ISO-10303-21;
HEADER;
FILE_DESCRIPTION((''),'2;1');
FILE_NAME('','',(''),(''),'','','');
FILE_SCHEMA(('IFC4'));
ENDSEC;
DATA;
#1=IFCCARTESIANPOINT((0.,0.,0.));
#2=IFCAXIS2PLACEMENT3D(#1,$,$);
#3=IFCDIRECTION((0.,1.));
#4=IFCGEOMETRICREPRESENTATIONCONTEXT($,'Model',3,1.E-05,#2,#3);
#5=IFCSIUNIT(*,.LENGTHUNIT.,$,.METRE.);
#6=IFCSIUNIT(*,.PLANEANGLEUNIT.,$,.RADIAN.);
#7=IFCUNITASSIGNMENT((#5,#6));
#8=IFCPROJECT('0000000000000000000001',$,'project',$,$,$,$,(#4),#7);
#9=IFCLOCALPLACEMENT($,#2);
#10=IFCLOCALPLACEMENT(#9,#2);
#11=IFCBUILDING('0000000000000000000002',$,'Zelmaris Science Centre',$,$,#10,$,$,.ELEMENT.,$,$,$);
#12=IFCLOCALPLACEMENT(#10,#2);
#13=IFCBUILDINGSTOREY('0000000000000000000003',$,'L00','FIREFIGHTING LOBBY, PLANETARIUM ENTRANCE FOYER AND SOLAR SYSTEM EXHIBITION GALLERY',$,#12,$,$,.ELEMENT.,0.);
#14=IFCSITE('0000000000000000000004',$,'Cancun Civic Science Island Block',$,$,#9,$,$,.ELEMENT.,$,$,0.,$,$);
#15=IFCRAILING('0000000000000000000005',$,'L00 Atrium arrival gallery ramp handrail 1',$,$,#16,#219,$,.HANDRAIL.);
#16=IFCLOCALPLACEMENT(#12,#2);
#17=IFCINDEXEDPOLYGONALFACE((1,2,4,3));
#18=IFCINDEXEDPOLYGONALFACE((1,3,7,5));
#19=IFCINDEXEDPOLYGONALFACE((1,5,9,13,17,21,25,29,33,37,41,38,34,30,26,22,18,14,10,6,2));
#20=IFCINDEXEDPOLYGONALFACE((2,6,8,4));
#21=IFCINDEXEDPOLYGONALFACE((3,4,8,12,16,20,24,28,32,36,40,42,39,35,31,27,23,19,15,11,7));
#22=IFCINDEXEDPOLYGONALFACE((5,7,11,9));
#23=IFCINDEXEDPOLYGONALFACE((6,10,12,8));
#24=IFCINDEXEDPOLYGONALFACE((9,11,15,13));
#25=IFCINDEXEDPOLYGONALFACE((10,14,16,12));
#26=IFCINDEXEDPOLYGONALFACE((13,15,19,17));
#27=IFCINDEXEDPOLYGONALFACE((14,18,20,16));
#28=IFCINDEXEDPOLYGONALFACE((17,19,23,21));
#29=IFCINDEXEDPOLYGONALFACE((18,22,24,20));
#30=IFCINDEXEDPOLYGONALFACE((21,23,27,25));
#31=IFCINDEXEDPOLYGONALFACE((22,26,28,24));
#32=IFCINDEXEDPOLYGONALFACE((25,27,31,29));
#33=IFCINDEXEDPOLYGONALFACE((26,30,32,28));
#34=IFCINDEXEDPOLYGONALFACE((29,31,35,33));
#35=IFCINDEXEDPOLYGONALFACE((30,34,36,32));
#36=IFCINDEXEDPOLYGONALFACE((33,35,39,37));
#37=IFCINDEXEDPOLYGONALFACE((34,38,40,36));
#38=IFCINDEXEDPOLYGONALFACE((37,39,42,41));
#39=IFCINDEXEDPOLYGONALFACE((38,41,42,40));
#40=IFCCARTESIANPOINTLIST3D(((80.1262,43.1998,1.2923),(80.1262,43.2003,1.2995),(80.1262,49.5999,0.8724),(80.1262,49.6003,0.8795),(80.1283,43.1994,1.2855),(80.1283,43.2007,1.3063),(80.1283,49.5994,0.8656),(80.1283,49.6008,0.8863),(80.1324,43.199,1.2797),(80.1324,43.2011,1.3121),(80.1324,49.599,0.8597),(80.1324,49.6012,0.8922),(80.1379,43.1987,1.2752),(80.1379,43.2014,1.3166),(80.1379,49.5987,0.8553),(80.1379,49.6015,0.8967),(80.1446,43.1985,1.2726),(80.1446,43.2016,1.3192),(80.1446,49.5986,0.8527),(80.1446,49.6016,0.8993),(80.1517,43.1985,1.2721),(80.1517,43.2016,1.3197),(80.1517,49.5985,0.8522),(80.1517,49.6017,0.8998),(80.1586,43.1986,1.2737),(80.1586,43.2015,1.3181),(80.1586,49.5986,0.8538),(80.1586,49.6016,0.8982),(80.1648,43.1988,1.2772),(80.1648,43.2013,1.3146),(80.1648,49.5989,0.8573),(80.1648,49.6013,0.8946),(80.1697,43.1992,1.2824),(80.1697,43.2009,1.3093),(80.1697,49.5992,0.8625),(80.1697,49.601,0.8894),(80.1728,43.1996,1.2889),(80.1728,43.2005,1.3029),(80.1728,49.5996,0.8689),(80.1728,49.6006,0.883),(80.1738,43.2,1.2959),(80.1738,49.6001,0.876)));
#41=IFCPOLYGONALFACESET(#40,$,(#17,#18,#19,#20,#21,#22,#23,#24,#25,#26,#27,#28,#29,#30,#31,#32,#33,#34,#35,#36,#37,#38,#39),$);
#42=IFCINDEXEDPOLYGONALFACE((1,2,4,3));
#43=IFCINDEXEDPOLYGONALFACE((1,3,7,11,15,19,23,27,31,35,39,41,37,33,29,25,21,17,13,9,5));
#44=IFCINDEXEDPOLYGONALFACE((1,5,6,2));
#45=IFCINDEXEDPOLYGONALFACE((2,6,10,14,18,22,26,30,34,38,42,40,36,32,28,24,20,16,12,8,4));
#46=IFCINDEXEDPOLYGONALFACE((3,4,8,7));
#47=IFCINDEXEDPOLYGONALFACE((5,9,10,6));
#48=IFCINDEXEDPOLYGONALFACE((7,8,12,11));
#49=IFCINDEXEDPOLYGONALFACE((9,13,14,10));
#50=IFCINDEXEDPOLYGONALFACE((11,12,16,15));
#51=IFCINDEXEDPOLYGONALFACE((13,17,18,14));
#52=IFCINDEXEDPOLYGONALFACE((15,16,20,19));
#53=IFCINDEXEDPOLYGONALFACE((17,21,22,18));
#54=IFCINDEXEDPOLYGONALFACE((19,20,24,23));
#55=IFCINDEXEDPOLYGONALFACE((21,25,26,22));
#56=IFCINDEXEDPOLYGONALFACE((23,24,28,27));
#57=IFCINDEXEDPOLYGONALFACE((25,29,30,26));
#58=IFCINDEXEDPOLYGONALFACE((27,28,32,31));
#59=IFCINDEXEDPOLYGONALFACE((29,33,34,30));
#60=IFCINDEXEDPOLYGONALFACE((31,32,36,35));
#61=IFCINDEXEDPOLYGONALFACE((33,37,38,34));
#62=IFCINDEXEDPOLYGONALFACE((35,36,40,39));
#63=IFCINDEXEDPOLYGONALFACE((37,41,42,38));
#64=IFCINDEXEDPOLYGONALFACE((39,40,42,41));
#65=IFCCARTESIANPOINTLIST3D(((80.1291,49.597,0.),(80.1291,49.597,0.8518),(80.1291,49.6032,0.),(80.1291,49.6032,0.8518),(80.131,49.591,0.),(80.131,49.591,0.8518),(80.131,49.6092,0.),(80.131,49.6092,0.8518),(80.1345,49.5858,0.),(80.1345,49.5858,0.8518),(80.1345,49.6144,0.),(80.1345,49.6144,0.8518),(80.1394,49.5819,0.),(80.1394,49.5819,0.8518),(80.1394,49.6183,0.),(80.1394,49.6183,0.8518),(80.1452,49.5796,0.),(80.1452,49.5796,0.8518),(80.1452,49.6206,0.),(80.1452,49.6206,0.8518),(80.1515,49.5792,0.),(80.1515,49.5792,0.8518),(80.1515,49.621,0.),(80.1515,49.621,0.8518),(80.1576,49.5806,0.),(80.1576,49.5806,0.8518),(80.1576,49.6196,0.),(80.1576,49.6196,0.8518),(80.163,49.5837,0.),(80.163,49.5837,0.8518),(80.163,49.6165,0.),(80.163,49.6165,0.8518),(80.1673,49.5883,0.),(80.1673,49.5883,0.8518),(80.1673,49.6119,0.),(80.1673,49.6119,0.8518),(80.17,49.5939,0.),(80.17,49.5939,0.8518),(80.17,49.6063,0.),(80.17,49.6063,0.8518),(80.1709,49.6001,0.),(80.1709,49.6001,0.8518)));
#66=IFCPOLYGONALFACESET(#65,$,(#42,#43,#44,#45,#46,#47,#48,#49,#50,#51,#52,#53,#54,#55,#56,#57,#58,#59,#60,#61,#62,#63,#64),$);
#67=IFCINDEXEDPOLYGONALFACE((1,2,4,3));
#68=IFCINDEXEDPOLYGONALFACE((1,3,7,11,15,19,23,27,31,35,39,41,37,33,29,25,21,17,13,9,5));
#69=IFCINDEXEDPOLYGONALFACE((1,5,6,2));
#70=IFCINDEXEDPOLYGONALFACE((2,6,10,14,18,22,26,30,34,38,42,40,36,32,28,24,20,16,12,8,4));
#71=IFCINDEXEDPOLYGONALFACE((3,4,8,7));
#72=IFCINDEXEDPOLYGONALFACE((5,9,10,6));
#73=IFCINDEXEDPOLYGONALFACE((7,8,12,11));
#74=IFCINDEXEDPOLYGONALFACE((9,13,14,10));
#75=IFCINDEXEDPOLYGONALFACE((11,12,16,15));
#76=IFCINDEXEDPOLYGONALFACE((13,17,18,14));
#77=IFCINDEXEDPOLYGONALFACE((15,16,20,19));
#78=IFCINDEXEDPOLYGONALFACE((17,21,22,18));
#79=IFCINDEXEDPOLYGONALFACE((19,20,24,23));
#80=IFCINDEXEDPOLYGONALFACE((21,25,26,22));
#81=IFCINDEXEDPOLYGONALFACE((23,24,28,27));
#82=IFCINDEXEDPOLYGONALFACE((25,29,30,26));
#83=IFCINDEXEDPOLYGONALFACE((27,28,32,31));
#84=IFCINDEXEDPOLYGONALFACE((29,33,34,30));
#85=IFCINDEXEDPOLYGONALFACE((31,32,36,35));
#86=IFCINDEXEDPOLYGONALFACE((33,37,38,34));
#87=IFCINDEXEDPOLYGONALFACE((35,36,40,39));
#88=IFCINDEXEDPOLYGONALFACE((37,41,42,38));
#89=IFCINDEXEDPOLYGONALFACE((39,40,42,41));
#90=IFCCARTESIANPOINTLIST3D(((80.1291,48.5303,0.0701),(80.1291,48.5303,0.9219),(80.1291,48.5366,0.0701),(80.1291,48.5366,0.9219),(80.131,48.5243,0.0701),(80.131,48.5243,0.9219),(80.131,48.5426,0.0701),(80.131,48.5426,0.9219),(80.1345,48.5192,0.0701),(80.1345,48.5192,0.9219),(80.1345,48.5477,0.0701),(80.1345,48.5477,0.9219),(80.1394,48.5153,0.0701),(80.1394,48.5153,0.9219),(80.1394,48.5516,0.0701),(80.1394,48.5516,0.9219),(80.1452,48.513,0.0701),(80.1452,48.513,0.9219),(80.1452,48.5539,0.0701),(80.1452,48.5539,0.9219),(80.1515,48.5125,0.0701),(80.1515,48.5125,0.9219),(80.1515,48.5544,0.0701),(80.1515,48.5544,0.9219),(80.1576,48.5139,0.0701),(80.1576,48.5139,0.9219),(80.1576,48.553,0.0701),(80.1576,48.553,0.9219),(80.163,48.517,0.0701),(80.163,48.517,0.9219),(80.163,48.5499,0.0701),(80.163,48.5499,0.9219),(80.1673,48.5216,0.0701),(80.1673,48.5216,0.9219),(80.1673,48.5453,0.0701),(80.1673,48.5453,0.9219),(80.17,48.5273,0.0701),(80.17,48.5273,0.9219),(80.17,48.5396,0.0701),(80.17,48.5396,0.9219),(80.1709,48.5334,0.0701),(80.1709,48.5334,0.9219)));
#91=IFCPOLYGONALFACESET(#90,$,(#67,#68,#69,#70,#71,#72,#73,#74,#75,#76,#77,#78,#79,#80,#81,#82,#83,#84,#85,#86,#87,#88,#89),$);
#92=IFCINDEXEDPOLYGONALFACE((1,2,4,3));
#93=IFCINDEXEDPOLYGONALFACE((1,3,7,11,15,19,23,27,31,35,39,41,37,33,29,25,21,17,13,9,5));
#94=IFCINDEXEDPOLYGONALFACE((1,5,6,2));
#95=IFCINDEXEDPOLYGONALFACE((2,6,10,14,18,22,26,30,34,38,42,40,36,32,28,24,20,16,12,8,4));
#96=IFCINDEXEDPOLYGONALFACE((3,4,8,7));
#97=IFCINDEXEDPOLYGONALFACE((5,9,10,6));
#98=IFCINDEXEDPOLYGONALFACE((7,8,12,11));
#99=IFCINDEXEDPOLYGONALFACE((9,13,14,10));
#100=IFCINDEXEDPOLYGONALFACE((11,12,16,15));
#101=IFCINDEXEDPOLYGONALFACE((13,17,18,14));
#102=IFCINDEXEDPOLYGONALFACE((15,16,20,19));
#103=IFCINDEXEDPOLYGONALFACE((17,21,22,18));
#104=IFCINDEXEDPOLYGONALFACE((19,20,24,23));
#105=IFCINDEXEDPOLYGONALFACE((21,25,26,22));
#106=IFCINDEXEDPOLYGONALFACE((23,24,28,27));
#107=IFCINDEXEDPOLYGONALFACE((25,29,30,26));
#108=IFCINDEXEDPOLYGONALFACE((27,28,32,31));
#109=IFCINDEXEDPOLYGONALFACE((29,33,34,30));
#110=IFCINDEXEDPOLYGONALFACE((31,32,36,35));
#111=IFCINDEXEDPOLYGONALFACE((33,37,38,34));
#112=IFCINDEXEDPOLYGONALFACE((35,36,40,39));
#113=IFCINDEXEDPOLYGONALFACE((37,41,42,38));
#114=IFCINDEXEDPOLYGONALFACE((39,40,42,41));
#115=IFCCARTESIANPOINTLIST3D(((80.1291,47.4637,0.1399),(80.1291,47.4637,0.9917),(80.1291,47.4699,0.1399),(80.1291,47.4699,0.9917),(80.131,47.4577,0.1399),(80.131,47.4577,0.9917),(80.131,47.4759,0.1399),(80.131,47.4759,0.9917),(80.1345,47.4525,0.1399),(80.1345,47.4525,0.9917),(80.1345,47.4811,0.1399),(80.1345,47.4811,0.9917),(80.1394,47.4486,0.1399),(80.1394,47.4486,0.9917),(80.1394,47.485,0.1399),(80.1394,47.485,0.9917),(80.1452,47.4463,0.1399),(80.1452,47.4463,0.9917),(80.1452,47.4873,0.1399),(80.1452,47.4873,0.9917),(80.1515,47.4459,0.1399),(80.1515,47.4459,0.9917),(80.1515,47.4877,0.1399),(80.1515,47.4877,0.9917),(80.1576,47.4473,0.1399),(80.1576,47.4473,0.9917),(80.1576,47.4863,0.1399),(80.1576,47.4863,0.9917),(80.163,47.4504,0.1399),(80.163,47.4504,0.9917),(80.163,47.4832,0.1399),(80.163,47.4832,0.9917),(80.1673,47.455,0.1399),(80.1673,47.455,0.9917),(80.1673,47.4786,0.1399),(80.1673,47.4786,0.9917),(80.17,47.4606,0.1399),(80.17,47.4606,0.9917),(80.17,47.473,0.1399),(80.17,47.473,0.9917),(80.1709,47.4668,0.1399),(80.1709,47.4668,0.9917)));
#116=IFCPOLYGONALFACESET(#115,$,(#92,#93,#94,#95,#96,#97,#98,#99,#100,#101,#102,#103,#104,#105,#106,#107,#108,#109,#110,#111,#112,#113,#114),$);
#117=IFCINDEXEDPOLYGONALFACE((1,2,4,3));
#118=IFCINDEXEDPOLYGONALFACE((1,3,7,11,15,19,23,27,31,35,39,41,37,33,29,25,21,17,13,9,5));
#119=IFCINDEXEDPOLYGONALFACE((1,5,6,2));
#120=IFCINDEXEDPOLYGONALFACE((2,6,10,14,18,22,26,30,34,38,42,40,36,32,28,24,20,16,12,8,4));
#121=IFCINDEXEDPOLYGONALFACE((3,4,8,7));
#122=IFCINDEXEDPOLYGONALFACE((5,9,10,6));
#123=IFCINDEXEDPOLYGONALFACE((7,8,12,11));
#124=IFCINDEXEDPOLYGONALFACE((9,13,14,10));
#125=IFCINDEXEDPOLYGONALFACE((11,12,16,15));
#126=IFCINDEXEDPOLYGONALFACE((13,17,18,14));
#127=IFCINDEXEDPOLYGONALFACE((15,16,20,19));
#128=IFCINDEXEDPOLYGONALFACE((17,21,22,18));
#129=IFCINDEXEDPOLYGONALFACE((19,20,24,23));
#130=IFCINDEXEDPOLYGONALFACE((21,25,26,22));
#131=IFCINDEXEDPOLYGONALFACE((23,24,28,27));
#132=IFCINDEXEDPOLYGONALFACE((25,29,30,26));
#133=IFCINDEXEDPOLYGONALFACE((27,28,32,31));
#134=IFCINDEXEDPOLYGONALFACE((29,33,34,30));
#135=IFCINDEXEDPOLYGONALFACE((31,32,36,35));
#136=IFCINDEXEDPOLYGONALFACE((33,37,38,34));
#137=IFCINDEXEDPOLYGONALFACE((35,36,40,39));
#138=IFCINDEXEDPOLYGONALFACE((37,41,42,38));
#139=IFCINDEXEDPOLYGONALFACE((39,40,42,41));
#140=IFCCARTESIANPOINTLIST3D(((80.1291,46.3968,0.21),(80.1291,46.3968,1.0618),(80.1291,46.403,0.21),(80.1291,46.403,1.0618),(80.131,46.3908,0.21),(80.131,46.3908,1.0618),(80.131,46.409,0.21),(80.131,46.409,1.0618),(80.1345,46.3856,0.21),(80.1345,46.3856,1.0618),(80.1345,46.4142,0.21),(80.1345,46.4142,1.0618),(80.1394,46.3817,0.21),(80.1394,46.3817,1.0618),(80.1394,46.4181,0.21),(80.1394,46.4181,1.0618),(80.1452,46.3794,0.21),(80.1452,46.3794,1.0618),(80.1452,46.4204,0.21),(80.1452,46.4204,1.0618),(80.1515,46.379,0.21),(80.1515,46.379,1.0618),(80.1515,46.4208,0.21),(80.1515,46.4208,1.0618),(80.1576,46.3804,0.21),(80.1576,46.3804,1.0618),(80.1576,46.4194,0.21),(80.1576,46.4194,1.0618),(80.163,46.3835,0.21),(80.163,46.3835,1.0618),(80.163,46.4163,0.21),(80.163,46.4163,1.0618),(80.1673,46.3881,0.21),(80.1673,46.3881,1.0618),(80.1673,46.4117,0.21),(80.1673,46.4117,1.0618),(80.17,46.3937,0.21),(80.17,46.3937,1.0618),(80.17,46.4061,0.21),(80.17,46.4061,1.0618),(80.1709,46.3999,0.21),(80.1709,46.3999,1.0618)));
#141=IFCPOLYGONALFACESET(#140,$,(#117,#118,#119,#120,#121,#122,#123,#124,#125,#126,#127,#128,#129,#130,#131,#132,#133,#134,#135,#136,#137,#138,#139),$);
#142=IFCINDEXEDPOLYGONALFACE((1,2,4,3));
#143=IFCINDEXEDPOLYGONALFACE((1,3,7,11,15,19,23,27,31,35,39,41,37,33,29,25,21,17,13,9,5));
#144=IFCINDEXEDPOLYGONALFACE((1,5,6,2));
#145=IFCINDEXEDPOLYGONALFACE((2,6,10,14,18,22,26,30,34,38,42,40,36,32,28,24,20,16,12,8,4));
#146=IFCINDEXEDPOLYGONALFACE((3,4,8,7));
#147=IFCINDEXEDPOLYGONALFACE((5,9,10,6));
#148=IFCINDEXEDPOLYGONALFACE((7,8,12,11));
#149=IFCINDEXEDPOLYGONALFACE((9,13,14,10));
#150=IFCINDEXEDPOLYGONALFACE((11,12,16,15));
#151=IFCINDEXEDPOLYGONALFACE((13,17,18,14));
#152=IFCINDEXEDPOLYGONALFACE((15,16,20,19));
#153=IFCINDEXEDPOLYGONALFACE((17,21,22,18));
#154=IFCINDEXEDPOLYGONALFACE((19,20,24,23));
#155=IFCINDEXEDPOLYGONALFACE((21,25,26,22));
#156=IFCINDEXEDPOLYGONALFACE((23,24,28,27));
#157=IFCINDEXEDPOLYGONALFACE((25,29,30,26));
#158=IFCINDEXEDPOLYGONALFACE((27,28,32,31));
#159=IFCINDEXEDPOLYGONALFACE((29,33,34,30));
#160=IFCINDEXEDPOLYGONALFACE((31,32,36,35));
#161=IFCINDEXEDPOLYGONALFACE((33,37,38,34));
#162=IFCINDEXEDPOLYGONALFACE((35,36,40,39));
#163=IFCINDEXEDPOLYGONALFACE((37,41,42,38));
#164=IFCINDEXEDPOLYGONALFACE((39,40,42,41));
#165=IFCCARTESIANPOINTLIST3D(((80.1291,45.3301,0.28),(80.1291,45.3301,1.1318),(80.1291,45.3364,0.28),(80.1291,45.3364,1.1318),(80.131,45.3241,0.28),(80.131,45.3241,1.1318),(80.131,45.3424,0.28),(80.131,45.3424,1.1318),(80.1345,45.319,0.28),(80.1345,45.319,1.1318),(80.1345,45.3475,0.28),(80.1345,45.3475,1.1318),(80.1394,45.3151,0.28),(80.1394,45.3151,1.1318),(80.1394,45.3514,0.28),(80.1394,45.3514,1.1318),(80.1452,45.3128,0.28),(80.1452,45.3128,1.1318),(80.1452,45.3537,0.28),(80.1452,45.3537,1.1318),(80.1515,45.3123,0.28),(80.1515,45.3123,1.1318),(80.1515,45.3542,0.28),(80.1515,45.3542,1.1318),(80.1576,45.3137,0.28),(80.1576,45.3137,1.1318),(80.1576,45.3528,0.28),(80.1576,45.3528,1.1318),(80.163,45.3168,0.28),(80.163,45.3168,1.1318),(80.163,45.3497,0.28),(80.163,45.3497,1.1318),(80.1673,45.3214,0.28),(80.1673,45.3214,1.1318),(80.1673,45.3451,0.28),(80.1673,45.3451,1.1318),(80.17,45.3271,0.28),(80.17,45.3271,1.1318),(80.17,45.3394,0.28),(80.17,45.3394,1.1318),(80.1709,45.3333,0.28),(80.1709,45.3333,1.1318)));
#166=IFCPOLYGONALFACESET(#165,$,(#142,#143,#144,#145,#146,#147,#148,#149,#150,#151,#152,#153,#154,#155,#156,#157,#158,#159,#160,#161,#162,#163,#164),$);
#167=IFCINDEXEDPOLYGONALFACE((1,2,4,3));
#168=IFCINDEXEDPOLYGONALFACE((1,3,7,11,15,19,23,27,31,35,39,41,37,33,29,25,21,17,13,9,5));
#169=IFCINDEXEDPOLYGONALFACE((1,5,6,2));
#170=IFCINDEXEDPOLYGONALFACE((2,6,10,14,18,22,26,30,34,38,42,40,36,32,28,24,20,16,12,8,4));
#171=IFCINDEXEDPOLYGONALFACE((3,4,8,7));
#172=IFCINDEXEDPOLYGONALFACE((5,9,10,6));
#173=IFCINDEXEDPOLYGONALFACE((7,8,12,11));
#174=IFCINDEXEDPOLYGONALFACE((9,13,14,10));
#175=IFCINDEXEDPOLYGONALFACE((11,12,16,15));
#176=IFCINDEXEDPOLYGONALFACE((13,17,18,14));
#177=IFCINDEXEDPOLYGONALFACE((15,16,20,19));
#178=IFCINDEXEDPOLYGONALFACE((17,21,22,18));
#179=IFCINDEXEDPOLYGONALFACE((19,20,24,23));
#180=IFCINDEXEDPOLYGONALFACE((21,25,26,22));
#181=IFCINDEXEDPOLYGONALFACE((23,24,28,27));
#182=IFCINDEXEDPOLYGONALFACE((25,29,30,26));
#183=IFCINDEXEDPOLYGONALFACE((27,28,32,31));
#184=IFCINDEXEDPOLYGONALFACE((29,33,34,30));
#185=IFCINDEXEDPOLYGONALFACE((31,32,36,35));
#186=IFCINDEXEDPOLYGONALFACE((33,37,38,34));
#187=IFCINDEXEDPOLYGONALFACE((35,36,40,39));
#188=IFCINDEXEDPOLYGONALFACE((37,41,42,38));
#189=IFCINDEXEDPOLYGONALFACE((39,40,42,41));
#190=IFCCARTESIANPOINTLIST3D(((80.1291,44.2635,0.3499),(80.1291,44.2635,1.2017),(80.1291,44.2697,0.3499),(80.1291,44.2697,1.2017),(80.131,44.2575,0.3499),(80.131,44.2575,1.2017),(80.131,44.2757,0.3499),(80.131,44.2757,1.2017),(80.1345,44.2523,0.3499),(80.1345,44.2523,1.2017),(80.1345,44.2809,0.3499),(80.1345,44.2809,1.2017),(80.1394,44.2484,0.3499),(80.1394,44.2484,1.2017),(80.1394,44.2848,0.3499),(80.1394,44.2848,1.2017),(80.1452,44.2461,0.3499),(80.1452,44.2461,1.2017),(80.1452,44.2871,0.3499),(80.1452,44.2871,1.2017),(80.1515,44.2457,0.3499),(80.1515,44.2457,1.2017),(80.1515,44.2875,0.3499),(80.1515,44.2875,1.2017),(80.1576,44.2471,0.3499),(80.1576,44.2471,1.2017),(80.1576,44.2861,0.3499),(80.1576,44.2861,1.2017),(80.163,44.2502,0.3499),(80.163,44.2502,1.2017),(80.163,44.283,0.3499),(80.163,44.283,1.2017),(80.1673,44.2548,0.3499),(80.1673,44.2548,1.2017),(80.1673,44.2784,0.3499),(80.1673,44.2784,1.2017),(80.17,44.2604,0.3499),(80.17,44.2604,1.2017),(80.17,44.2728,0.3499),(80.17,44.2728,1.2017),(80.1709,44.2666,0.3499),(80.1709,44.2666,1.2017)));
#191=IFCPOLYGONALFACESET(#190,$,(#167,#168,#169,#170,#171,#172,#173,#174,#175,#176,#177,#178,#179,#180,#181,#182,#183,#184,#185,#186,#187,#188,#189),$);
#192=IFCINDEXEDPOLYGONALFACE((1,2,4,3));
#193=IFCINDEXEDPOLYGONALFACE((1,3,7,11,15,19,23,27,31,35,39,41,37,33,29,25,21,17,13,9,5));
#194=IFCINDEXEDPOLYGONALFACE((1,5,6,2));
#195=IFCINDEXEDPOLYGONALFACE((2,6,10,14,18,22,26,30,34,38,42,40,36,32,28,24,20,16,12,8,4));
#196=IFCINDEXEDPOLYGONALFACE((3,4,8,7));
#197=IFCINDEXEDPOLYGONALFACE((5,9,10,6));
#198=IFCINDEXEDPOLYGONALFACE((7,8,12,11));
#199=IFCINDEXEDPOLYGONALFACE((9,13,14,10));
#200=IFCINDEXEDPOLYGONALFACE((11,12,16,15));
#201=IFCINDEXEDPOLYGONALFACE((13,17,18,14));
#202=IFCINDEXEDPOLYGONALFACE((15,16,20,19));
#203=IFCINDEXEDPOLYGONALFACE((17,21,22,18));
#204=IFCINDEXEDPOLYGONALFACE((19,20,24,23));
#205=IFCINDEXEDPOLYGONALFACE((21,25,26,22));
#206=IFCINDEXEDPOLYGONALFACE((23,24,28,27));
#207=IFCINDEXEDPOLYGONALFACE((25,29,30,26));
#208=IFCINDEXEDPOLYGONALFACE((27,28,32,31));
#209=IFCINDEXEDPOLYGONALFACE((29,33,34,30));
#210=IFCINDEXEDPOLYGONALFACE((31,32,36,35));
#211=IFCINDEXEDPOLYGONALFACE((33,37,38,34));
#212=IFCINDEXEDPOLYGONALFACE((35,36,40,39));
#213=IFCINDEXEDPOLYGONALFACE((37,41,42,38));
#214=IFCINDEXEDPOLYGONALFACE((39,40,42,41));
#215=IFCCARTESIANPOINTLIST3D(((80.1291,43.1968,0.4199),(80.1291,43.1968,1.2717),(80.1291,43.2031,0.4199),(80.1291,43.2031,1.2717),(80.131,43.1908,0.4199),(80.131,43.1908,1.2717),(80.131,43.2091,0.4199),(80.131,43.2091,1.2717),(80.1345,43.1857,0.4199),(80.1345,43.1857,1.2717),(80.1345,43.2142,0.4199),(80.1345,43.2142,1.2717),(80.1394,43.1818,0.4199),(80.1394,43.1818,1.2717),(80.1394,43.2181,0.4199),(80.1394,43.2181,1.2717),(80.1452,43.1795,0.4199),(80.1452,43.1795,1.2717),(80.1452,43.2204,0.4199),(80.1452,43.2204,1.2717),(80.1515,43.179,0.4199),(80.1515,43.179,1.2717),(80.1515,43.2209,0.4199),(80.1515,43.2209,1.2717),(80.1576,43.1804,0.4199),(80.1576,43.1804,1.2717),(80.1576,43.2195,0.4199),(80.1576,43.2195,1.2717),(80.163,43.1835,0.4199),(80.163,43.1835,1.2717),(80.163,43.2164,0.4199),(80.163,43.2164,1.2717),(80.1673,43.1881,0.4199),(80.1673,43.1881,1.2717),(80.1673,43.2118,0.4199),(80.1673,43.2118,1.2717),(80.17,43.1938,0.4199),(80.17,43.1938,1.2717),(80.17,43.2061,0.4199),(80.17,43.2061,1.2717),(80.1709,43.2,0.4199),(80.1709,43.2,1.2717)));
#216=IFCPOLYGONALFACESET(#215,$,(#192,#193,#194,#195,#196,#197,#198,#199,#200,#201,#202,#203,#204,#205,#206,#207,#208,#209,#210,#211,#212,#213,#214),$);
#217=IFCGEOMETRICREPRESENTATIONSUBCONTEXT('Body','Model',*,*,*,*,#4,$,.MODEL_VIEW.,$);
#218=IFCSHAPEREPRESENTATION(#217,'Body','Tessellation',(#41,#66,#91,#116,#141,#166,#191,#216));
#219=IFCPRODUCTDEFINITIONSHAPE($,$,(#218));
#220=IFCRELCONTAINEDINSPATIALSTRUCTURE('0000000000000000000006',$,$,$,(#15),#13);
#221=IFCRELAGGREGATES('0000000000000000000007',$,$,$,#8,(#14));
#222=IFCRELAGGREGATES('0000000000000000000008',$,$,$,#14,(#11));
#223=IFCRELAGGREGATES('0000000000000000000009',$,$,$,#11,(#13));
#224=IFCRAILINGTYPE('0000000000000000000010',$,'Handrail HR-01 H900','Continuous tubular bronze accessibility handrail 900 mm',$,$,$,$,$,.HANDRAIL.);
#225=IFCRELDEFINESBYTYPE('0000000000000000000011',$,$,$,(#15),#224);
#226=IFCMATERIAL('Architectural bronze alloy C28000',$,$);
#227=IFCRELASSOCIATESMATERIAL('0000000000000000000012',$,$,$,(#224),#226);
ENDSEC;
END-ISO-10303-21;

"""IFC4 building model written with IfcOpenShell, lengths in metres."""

from ifc_helpers import new_model, si_unit, direction, frame, origin, origin_2d, place, context, subcontext, project, spatial, circle, extrude, material, type_object, element, save


model = new_model("IFC4")

# Units and contexts
model_context = context("Model", 3, precision=1e-05, world=origin(), true_north=direction((0.0, 1.0)))
body_context = subcontext(model_context, "Body", "Model", "MODEL_VIEW")
ifc_project = project(units=[si_unit("LENGTHUNIT", "METRE"), si_unit("PLANEANGLEUNIT", "RADIAN")], contexts=[model_context])

# Site, building, storey
site_placement = place(None, origin())
site = spatial("IfcSite", under=ifc_project, at=site_placement, Name="Cancun Civic Science Island Block", CompositionType="ELEMENT", RefElevation=0.0)
building_placement = place(site_placement, origin())
building = spatial("IfcBuilding", under=site, at=building_placement, Name="Zelmaris Science Centre", CompositionType="ELEMENT")
storey_placement = place(building_placement, origin())
storey = spatial("IfcBuildingStorey", under=building, at=storey_placement, Name="L00", Description="FIREFIGHTING LOBBY, PLANETARIUM ENTRANCE FOYER AND SOLAR SYSTEM EXHIBITION GALLERY", CompositionType="ELEMENT", Elevation=0.0)

# Railing
ifc_material_1 = material(Name="Architectural bronze alloy C28000")
railing_type_1 = type_object("IfcRailingType", Name="Handrail HR-01 H900", Description="Continuous tubular bronze accessibility handrail 900 mm", PredefinedType="HANDRAIL", material=ifc_material_1)
for number, where, name in (
    (1, (80.1499, 49.6001, 0.0), "L00 Atrium arrival gallery ramp handrail 1"),
):
    element("IfcRailing", number, at=place(storey_placement, frame(where)), inside=storey, type_object=railing_type_1, Name=name, PredefinedType="HANDRAIL", context=body_context, shape_type="SweptSolid", body=[
        extrude(circle(Radius=0.0239, at=origin_2d()), frame((0.0, 0.0, 0.876), z_axis=(0.0, -0.997855, 0.065471), x_axis=(1.0, 0.0, 0.0)), (0.0, 0.0, 1.0), 6.4138),
        extrude(circle(Radius=0.021, at=origin_2d()), origin(), (0.0, 0.0, 1.0), 0.8518),
        extrude(circle(Radius=0.021, at=origin_2d()), frame((0.0, -1.0667, 0.0701)), (0.0, 0.0, 1.0), 0.8518),
        extrude(circle(Radius=0.021, at=origin_2d()), frame((0.0, -2.1333, 0.1399)), (0.0, 0.0, 1.0), 0.8518),
        extrude(circle(Radius=0.021, at=origin_2d()), frame((0.0, -3.2002, 0.21)), (0.0, 0.0, 1.0), 0.8518),
        extrude(circle(Radius=0.021, at=origin_2d()), frame((0.0, -4.2668, 0.28)), (0.0, 0.0, 1.0), 0.8518),
        extrude(circle(Radius=0.021, at=origin_2d()), frame((0.0, -5.3335, 0.3499)), (0.0, 0.0, 1.0), 0.8518),
        extrude(circle(Radius=0.021, at=origin_2d()), frame((0.0, -6.4001, 0.4199)), (0.0, 0.0, 1.0), 0.8518),
    ])

save(model, "model.ifc")
